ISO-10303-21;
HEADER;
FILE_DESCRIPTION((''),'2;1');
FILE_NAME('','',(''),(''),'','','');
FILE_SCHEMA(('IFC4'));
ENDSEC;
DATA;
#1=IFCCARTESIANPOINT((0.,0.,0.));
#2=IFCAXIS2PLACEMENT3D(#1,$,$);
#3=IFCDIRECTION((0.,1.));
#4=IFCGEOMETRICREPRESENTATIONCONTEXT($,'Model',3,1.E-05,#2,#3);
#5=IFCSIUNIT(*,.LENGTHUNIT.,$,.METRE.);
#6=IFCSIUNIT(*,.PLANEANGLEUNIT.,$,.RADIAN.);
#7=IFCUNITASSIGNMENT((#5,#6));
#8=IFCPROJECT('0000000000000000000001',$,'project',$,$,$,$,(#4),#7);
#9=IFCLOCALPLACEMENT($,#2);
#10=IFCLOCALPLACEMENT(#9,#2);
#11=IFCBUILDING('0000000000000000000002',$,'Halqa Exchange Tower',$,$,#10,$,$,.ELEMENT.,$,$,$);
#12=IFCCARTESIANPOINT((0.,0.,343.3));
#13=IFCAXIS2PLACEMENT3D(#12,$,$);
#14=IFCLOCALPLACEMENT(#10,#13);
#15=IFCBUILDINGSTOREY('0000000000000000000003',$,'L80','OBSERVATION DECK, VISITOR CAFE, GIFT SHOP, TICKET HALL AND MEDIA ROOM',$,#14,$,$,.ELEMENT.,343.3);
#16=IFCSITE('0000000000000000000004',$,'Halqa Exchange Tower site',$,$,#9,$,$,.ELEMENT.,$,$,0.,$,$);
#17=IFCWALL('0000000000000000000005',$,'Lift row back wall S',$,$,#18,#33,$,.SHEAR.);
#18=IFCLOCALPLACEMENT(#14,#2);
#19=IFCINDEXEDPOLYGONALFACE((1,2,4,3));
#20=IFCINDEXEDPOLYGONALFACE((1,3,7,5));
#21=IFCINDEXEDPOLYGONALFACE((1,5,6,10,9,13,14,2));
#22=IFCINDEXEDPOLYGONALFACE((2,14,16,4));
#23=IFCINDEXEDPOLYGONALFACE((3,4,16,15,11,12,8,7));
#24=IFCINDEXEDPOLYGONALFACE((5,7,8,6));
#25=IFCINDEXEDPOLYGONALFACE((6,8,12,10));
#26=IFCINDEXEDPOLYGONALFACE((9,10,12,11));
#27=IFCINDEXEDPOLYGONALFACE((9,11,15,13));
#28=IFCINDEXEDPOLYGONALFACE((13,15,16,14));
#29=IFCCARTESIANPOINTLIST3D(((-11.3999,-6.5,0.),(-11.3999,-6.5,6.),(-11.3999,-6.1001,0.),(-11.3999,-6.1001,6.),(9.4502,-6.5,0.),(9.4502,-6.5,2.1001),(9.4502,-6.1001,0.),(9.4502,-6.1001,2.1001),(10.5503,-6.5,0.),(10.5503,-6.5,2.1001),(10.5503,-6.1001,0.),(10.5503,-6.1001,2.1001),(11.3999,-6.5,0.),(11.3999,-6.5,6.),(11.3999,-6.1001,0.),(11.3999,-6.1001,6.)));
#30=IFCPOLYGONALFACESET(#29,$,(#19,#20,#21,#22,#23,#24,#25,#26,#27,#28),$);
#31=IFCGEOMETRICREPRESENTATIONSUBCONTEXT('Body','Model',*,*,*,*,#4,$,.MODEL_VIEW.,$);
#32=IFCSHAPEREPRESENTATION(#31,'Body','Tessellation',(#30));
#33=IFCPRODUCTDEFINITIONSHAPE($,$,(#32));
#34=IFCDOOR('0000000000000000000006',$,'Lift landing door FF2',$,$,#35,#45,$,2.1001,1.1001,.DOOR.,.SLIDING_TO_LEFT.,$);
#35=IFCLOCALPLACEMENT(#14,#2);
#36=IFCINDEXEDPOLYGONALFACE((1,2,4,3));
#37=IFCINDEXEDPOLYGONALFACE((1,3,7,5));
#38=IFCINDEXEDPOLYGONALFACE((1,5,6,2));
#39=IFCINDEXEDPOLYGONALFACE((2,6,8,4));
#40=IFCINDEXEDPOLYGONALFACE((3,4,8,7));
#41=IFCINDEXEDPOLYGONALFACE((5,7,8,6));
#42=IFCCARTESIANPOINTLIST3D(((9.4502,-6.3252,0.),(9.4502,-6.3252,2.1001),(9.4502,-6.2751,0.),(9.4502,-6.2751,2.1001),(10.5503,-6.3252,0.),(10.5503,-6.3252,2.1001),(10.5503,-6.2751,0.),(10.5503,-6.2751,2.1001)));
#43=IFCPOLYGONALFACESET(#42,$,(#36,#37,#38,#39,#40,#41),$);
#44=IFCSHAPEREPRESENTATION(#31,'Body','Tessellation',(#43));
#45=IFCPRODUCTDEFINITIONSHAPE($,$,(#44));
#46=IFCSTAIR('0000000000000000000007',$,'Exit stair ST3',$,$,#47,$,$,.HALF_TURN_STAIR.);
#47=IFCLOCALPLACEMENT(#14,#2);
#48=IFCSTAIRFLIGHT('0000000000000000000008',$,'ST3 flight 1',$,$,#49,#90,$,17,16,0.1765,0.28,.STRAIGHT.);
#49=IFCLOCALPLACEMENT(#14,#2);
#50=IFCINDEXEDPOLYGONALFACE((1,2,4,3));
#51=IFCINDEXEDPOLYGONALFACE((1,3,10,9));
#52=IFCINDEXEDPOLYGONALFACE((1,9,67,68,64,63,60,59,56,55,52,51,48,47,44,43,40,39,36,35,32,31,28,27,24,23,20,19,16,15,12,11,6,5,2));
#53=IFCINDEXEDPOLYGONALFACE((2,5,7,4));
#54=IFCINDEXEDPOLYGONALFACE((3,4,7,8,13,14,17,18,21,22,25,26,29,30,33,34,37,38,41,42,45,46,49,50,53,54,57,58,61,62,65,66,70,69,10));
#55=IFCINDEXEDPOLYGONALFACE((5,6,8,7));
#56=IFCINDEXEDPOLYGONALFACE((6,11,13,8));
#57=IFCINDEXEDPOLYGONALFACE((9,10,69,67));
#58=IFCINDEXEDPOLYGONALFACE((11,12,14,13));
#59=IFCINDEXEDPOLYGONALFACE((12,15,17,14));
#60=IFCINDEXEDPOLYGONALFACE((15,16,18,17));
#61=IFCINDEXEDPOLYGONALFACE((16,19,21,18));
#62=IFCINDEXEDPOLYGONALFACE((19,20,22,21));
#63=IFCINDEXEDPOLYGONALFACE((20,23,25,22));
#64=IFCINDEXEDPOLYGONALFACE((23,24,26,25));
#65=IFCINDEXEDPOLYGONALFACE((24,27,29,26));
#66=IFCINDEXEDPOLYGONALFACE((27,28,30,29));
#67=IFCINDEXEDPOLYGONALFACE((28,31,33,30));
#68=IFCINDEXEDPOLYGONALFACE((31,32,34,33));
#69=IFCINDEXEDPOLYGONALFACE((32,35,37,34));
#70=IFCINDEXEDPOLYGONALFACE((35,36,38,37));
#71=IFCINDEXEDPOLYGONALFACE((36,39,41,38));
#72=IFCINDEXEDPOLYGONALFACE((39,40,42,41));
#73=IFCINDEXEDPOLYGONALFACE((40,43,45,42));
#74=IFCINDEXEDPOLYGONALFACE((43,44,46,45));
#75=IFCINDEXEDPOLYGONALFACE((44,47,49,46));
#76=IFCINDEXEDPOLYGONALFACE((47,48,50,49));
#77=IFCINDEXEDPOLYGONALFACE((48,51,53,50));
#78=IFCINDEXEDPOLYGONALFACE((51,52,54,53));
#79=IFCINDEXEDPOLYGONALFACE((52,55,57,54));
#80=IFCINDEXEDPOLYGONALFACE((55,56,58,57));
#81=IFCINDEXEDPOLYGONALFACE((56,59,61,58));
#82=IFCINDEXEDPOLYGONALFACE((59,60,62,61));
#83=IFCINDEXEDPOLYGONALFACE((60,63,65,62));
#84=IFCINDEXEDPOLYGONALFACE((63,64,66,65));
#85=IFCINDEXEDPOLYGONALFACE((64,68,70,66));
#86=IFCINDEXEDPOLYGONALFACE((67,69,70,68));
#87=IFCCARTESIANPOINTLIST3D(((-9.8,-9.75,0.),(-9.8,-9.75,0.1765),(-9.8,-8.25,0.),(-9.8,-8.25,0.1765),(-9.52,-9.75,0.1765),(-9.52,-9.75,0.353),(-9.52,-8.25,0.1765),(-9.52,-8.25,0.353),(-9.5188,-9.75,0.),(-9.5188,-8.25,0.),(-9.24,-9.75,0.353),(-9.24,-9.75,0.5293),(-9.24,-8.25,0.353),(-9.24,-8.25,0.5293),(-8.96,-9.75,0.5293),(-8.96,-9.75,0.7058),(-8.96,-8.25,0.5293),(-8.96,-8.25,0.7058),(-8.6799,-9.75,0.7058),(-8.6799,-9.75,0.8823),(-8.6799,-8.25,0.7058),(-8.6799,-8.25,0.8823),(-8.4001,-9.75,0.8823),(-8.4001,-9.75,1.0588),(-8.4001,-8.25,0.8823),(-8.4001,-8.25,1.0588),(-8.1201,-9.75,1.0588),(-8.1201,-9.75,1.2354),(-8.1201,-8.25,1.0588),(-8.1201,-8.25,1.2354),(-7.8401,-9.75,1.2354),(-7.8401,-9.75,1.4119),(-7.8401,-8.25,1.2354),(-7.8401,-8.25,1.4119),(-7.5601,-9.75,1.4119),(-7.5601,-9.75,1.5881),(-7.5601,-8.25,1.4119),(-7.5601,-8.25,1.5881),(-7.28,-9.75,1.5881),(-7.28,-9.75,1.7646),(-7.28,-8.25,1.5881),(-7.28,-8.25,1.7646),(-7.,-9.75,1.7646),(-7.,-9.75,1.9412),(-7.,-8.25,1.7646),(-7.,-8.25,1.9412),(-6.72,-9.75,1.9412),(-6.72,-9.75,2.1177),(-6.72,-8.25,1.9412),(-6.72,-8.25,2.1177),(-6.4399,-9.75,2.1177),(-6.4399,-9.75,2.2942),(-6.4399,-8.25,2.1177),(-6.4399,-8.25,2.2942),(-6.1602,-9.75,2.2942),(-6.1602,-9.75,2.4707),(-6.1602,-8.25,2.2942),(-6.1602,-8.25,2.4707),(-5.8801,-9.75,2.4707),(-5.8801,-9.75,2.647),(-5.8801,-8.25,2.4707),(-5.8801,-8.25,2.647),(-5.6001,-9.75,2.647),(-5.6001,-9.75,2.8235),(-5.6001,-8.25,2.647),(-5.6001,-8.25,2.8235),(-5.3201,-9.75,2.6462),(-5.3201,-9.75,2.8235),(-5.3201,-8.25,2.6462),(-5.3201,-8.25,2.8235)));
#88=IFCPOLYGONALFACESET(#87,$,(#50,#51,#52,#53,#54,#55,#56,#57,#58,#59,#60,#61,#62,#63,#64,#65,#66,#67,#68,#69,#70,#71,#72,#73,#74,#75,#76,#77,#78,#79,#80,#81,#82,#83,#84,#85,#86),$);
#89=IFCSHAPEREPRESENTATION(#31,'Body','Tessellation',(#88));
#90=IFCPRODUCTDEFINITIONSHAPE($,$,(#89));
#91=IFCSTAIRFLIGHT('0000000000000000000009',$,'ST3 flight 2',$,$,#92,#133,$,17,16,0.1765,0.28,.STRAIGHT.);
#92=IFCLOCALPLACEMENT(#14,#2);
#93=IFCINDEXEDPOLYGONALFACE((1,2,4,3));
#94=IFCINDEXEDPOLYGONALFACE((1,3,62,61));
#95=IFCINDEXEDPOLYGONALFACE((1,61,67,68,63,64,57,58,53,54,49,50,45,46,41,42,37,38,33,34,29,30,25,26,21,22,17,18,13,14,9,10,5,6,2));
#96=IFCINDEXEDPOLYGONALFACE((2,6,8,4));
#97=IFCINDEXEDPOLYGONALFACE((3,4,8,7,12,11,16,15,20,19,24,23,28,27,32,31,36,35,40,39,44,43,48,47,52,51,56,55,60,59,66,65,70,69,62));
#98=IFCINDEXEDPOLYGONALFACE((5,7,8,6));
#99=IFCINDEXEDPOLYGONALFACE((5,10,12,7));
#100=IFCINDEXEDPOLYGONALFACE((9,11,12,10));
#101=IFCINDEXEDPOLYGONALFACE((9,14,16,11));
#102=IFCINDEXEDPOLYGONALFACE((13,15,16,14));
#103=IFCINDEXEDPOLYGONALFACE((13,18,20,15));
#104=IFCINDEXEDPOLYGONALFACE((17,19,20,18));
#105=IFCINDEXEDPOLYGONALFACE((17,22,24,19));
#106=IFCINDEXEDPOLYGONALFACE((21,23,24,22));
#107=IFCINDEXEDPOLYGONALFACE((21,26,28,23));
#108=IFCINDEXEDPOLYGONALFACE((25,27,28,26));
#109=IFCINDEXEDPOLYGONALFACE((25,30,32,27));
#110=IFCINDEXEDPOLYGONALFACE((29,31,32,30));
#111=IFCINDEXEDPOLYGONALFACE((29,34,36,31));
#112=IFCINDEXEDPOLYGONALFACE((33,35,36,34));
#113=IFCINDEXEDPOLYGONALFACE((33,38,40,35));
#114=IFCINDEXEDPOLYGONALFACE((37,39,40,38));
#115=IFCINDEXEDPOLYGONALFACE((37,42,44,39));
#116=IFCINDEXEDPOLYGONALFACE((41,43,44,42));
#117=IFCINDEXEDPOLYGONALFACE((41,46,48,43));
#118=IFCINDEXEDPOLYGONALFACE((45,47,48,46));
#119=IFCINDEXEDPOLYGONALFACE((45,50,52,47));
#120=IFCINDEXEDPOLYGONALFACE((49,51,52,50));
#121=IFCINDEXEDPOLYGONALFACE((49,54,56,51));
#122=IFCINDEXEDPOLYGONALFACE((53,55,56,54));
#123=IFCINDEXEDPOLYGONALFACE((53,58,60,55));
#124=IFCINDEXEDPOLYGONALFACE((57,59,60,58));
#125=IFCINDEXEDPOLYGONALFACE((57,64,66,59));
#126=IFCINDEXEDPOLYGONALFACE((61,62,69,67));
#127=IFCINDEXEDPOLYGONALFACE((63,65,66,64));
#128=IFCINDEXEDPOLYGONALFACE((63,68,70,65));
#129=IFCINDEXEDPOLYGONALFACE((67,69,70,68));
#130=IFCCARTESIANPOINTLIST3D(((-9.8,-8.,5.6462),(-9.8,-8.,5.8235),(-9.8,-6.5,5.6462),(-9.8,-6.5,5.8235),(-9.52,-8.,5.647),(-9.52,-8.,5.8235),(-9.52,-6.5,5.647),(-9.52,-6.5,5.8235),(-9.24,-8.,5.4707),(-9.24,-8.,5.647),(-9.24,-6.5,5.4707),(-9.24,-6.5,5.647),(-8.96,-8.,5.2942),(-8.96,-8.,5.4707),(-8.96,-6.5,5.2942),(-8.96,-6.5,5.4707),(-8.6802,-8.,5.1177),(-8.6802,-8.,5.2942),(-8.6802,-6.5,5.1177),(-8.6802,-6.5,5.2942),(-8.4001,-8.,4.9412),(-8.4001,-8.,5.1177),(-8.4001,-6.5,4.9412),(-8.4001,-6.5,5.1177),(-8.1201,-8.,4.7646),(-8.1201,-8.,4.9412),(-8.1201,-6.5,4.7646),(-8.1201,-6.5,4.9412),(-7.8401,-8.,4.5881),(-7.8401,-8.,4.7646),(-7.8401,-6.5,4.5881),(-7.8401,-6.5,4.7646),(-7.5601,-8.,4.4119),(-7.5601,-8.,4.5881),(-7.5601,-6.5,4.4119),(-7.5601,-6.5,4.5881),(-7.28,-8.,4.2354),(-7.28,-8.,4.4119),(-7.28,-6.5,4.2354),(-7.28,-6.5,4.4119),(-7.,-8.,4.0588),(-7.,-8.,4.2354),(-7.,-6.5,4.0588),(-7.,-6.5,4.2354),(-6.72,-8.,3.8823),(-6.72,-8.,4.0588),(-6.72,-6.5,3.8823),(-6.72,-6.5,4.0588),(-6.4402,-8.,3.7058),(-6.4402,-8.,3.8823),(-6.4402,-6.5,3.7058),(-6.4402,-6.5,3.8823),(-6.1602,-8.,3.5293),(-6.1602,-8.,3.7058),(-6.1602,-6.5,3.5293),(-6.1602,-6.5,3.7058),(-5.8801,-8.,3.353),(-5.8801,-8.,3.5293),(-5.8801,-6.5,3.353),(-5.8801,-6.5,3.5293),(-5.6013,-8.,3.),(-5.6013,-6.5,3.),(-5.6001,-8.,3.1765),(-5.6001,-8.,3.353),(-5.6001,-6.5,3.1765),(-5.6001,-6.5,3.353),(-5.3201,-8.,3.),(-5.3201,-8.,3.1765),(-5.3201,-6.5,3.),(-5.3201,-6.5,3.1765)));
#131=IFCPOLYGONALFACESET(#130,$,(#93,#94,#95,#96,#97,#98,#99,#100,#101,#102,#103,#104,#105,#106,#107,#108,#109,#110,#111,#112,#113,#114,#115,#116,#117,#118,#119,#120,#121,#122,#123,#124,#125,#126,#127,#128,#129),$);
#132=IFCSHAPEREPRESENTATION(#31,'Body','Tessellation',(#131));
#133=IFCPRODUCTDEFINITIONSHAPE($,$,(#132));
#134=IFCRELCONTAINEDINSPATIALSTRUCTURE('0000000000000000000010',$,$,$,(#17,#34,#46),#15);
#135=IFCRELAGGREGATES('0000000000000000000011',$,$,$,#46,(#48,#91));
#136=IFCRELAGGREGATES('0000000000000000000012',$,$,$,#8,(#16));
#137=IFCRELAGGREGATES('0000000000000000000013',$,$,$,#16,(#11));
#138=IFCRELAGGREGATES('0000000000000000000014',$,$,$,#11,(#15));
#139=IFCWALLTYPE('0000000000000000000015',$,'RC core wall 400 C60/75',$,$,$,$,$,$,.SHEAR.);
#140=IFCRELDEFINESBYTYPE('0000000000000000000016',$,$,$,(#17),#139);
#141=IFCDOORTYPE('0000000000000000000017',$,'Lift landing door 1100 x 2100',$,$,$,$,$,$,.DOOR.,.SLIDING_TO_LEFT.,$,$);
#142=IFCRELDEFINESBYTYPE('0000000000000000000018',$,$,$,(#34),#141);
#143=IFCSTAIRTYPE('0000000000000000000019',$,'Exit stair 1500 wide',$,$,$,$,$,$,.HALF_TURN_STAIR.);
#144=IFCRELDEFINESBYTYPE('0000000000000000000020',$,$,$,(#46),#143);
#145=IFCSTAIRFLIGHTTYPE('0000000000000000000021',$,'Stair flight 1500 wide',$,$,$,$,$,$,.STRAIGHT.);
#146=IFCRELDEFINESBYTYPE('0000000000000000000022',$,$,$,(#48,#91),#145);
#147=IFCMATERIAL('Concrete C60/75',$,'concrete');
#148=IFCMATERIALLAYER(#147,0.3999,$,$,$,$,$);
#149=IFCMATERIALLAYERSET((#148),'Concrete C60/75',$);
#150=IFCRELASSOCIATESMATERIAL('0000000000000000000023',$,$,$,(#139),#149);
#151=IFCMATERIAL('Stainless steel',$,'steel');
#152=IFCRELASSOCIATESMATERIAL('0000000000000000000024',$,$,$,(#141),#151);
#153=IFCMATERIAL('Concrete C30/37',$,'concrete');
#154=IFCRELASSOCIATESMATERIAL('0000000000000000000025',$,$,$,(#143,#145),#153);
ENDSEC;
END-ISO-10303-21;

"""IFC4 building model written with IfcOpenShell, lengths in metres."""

from ifc_helpers import new_model, si_unit, direction, frame, frame_2d, origin, place, context, subcontext, project, spatial, polyline, rectangle, outline, extrude, material, layer, layer_set, type_object, element, fill, aggregate, save


model = new_model("IFC4")

# Units and contexts
model_context = context("Model", 3, precision=1e-05, world=origin(), true_north=direction((0.0, 1.0)))
body_context = subcontext(model_context, "Body", "Model", "MODEL_VIEW")
ifc_project = project(units=[si_unit("LENGTHUNIT", "METRE"), si_unit("PLANEANGLEUNIT", "RADIAN")], contexts=[model_context])

# Site, building, storey
site_placement = place(None, origin())
site = spatial("IfcSite", under=ifc_project, at=site_placement, Name="Halqa Exchange Tower site", CompositionType="ELEMENT", RefElevation=0.0)
building_placement = place(site_placement, origin())
building = spatial("IfcBuilding", under=site, at=building_placement, Name="Halqa Exchange Tower", CompositionType="ELEMENT")
storey_placement = place(building_placement, frame((0.0, 0.0, 343.3)))
storey = spatial("IfcBuildingStorey", under=building, at=storey_placement, Name="L80", Description="OBSERVATION DECK, VISITOR CAFE, GIFT SHOP, TICKET HALL AND MEDIA ROOM", CompositionType="ELEMENT", Elevation=343.3)

# Shared definitions
ifc_material_1 = material(Name="Concrete C60/75", Category="concrete")

# Shared definitions
ifc_layer_1 = layer(ifc_material_1, 0.3999)
ifc_layer_set_1 = layer_set([ifc_layer_1], Name="Concrete C60/75")
wall_type_1 = type_object("IfcWallType", Name="RC core wall 400 C60/75", PredefinedType="SHEAR", material=ifc_layer_set_1)
ifc_material_2 = material(Name="Stainless steel", Category="steel")
door_type_1 = type_object("IfcDoorType", Name="Lift landing door 1100 x 2100", OperationType="SLIDING_TO_LEFT", PredefinedType="DOOR", material=ifc_material_2)

# Wall, opening, door
wall_1_placement = place(storey_placement, frame((-11.3999, -6.3, 0.0), z_axis=(0.0, 0.0, 1.0), x_axis=(1.0, 0.0, 0.0)))
wall_1 = element("IfcWall", 1, at=wall_1_placement, inside=storey, type_object=wall_type_1, Name="Lift row back wall S", PredefinedType="SHEAR", context=body_context, shape_type="SweptSolid", body=[
    extrude(rectangle(XDim=22.7998, YDim=0.3999, at=frame_2d((11.3999, 0.0))), origin(), (0.0, 0.0, 1.0), 6.0),
])
opening_1_placement = place(wall_1_placement, frame((20.8501, 0.0, 0.0)))
opening_1 = element("IfcOpeningElement", 2, at=opening_1_placement, cuts=wall_1, PredefinedType="OPENING", context=body_context, shape_type="SweptSolid", body=[
    extrude(rectangle(XDim=1.1001, YDim=2.1001, at=frame_2d((0.55, 1.05))), frame((0.0, 0.2119, 0.0), z_axis=(0.0, -1.0, 0.0), x_axis=(1.0, 0.0, 0.0)), (0.0, 0.0, 1.0), 0.4238),
])
door_1_placement = place(opening_1_placement, origin())
door_1 = element("IfcDoor", 3, at=door_1_placement, inside=storey, type_object=door_type_1, Name="Lift landing door FF2", OperationType="SLIDING_TO_LEFT", OverallHeight=2.1001, OverallWidth=1.1001, PredefinedType="DOOR", context=body_context, shape_type="SweptSolid", body=[
    extrude(rectangle(XDim=1.1001, YDim=2.1001, at=frame_2d((0.55, 1.05))), frame((0.0, 0.0249, 0.0), z_axis=(0.0, -1.0, 0.0), x_axis=(1.0, 0.0, 0.0)), (0.0, 0.0, 1.0), 0.05),
])
fill(opening_1, door_1)

# Stair, stair flights
ifc_material_3 = material(Name="Concrete C30/37", Category="concrete")
stair_type = type_object("IfcStairType", Name="Exit stair 1500 wide", PredefinedType="HALF_TURN_STAIR", material=ifc_material_3)
stair_placement = place(storey_placement, origin())
stair = element("IfcStair", 4, at=stair_placement, inside=storey, type_object=stair_type, Name="Exit stair ST3", PredefinedType="HALF_TURN_STAIR")
stair_flight_type = type_object("IfcStairFlightType", Name="Stair flight 1500 wide", PredefinedType="STRAIGHT", material=ifc_material_3)
stair_flight_1_placement = place(storey_placement, frame((-9.8, -9.0, 0.0), z_axis=(0.0, 0.0, 1.0), x_axis=(1.0, 0.0, 0.0)))
stair_flight_1 = element("IfcStairFlight", 5, at=stair_flight_1_placement, type_object=stair_flight_type, Name="ST3 flight 1", NumberOfRisers=17, NumberOfTreads=16, PredefinedType="STRAIGHT", RiserHeight=0.1765, TreadLength=0.28, context=body_context, shape_type="SweptSolid", body=[
    extrude(outline(polyline([(0.0, 0.0), (0.0, 0.1765), (0.28, 0.1765), (0.28, 0.353), (0.5601, 0.353), (0.5601, 0.5293), (0.8401, 0.5293), (0.8401, 0.7058), (1.1201, 0.7058), (1.1201, 0.8823), (1.3999, 0.8823), (1.3999, 1.0588), (1.6799, 1.0588), (1.6799, 1.2354), (1.96, 1.2354), (1.96, 1.4119), (2.24, 1.4119), (2.24, 1.5881), (2.52, 1.5881), (2.52, 1.7646), (2.8, 1.7646), (2.8, 1.9412), (3.0801, 1.9412), (3.0801, 2.1177), (3.3601, 2.1177), (3.3601, 2.2942), (3.6399, 2.2942), (3.6399, 2.4707), (3.9199, 2.4707), (3.9199, 2.647), (4.2, 2.647), (4.2, 2.8235), (4.48, 2.8235), (4.48, 3.0), (4.48, 2.6462), (0.2812, 0.0), (0.0, 0.0)])), frame((0.0, 0.75, 0.0), z_axis=(0.0, -1.0, 0.0), x_axis=(1.0, 0.0, 0.0)), (0.0, 0.0, 1.0), 1.5),
])
stair_flight_2_placement = place(storey_placement, frame((-5.3201, -7.25, 3.0), z_axis=(0.0, 0.0, 1.0), x_axis=(-1.0, 0.0, 0.0)))
stair_flight_2 = element("IfcStairFlight", 6, at=stair_flight_2_placement, type_object=stair_flight_type, Name="ST3 flight 2", NumberOfRisers=17, NumberOfTreads=16, PredefinedType="STRAIGHT", RiserHeight=0.1765, TreadLength=0.28, context=body_context, shape_type="SweptSolid", body=[
    extrude(outline(polyline([(0.0, 0.0), (0.0, 0.1765), (0.28, 0.1765), (0.28, 0.353), (0.5601, 0.353), (0.5601, 0.5293), (0.8401, 0.5293), (0.8401, 0.7058), (1.1201, 0.7058), (1.1201, 0.8823), (1.3999, 0.8823), (1.3999, 1.0588), (1.6799, 1.0588), (1.6799, 1.2354), (1.96, 1.2354), (1.96, 1.4119), (2.24, 1.4119), (2.24, 1.5881), (2.52, 1.5881), (2.52, 1.7646), (2.8, 1.7646), (2.8, 1.9412), (3.0801, 1.9412), (3.0801, 2.1177), (3.3601, 2.1177), (3.3601, 2.2942), (3.6399, 2.2942), (3.6399, 2.4707), (3.9199, 2.4707), (3.9199, 2.647), (4.2, 2.647), (4.2, 2.8235), (4.48, 2.8235), (4.48, 3.0), (4.48, 2.6462), (0.2812, 0.0), (0.0, 0.0)])), frame((0.0, 0.75, 0.0), z_axis=(0.0, -1.0, 0.0), x_axis=(1.0, 0.0, 0.0)), (0.0, 0.0, 1.0), 1.5),
])
aggregate(stair, [stair_flight_1, stair_flight_2])

save(model, "model.ifc")
